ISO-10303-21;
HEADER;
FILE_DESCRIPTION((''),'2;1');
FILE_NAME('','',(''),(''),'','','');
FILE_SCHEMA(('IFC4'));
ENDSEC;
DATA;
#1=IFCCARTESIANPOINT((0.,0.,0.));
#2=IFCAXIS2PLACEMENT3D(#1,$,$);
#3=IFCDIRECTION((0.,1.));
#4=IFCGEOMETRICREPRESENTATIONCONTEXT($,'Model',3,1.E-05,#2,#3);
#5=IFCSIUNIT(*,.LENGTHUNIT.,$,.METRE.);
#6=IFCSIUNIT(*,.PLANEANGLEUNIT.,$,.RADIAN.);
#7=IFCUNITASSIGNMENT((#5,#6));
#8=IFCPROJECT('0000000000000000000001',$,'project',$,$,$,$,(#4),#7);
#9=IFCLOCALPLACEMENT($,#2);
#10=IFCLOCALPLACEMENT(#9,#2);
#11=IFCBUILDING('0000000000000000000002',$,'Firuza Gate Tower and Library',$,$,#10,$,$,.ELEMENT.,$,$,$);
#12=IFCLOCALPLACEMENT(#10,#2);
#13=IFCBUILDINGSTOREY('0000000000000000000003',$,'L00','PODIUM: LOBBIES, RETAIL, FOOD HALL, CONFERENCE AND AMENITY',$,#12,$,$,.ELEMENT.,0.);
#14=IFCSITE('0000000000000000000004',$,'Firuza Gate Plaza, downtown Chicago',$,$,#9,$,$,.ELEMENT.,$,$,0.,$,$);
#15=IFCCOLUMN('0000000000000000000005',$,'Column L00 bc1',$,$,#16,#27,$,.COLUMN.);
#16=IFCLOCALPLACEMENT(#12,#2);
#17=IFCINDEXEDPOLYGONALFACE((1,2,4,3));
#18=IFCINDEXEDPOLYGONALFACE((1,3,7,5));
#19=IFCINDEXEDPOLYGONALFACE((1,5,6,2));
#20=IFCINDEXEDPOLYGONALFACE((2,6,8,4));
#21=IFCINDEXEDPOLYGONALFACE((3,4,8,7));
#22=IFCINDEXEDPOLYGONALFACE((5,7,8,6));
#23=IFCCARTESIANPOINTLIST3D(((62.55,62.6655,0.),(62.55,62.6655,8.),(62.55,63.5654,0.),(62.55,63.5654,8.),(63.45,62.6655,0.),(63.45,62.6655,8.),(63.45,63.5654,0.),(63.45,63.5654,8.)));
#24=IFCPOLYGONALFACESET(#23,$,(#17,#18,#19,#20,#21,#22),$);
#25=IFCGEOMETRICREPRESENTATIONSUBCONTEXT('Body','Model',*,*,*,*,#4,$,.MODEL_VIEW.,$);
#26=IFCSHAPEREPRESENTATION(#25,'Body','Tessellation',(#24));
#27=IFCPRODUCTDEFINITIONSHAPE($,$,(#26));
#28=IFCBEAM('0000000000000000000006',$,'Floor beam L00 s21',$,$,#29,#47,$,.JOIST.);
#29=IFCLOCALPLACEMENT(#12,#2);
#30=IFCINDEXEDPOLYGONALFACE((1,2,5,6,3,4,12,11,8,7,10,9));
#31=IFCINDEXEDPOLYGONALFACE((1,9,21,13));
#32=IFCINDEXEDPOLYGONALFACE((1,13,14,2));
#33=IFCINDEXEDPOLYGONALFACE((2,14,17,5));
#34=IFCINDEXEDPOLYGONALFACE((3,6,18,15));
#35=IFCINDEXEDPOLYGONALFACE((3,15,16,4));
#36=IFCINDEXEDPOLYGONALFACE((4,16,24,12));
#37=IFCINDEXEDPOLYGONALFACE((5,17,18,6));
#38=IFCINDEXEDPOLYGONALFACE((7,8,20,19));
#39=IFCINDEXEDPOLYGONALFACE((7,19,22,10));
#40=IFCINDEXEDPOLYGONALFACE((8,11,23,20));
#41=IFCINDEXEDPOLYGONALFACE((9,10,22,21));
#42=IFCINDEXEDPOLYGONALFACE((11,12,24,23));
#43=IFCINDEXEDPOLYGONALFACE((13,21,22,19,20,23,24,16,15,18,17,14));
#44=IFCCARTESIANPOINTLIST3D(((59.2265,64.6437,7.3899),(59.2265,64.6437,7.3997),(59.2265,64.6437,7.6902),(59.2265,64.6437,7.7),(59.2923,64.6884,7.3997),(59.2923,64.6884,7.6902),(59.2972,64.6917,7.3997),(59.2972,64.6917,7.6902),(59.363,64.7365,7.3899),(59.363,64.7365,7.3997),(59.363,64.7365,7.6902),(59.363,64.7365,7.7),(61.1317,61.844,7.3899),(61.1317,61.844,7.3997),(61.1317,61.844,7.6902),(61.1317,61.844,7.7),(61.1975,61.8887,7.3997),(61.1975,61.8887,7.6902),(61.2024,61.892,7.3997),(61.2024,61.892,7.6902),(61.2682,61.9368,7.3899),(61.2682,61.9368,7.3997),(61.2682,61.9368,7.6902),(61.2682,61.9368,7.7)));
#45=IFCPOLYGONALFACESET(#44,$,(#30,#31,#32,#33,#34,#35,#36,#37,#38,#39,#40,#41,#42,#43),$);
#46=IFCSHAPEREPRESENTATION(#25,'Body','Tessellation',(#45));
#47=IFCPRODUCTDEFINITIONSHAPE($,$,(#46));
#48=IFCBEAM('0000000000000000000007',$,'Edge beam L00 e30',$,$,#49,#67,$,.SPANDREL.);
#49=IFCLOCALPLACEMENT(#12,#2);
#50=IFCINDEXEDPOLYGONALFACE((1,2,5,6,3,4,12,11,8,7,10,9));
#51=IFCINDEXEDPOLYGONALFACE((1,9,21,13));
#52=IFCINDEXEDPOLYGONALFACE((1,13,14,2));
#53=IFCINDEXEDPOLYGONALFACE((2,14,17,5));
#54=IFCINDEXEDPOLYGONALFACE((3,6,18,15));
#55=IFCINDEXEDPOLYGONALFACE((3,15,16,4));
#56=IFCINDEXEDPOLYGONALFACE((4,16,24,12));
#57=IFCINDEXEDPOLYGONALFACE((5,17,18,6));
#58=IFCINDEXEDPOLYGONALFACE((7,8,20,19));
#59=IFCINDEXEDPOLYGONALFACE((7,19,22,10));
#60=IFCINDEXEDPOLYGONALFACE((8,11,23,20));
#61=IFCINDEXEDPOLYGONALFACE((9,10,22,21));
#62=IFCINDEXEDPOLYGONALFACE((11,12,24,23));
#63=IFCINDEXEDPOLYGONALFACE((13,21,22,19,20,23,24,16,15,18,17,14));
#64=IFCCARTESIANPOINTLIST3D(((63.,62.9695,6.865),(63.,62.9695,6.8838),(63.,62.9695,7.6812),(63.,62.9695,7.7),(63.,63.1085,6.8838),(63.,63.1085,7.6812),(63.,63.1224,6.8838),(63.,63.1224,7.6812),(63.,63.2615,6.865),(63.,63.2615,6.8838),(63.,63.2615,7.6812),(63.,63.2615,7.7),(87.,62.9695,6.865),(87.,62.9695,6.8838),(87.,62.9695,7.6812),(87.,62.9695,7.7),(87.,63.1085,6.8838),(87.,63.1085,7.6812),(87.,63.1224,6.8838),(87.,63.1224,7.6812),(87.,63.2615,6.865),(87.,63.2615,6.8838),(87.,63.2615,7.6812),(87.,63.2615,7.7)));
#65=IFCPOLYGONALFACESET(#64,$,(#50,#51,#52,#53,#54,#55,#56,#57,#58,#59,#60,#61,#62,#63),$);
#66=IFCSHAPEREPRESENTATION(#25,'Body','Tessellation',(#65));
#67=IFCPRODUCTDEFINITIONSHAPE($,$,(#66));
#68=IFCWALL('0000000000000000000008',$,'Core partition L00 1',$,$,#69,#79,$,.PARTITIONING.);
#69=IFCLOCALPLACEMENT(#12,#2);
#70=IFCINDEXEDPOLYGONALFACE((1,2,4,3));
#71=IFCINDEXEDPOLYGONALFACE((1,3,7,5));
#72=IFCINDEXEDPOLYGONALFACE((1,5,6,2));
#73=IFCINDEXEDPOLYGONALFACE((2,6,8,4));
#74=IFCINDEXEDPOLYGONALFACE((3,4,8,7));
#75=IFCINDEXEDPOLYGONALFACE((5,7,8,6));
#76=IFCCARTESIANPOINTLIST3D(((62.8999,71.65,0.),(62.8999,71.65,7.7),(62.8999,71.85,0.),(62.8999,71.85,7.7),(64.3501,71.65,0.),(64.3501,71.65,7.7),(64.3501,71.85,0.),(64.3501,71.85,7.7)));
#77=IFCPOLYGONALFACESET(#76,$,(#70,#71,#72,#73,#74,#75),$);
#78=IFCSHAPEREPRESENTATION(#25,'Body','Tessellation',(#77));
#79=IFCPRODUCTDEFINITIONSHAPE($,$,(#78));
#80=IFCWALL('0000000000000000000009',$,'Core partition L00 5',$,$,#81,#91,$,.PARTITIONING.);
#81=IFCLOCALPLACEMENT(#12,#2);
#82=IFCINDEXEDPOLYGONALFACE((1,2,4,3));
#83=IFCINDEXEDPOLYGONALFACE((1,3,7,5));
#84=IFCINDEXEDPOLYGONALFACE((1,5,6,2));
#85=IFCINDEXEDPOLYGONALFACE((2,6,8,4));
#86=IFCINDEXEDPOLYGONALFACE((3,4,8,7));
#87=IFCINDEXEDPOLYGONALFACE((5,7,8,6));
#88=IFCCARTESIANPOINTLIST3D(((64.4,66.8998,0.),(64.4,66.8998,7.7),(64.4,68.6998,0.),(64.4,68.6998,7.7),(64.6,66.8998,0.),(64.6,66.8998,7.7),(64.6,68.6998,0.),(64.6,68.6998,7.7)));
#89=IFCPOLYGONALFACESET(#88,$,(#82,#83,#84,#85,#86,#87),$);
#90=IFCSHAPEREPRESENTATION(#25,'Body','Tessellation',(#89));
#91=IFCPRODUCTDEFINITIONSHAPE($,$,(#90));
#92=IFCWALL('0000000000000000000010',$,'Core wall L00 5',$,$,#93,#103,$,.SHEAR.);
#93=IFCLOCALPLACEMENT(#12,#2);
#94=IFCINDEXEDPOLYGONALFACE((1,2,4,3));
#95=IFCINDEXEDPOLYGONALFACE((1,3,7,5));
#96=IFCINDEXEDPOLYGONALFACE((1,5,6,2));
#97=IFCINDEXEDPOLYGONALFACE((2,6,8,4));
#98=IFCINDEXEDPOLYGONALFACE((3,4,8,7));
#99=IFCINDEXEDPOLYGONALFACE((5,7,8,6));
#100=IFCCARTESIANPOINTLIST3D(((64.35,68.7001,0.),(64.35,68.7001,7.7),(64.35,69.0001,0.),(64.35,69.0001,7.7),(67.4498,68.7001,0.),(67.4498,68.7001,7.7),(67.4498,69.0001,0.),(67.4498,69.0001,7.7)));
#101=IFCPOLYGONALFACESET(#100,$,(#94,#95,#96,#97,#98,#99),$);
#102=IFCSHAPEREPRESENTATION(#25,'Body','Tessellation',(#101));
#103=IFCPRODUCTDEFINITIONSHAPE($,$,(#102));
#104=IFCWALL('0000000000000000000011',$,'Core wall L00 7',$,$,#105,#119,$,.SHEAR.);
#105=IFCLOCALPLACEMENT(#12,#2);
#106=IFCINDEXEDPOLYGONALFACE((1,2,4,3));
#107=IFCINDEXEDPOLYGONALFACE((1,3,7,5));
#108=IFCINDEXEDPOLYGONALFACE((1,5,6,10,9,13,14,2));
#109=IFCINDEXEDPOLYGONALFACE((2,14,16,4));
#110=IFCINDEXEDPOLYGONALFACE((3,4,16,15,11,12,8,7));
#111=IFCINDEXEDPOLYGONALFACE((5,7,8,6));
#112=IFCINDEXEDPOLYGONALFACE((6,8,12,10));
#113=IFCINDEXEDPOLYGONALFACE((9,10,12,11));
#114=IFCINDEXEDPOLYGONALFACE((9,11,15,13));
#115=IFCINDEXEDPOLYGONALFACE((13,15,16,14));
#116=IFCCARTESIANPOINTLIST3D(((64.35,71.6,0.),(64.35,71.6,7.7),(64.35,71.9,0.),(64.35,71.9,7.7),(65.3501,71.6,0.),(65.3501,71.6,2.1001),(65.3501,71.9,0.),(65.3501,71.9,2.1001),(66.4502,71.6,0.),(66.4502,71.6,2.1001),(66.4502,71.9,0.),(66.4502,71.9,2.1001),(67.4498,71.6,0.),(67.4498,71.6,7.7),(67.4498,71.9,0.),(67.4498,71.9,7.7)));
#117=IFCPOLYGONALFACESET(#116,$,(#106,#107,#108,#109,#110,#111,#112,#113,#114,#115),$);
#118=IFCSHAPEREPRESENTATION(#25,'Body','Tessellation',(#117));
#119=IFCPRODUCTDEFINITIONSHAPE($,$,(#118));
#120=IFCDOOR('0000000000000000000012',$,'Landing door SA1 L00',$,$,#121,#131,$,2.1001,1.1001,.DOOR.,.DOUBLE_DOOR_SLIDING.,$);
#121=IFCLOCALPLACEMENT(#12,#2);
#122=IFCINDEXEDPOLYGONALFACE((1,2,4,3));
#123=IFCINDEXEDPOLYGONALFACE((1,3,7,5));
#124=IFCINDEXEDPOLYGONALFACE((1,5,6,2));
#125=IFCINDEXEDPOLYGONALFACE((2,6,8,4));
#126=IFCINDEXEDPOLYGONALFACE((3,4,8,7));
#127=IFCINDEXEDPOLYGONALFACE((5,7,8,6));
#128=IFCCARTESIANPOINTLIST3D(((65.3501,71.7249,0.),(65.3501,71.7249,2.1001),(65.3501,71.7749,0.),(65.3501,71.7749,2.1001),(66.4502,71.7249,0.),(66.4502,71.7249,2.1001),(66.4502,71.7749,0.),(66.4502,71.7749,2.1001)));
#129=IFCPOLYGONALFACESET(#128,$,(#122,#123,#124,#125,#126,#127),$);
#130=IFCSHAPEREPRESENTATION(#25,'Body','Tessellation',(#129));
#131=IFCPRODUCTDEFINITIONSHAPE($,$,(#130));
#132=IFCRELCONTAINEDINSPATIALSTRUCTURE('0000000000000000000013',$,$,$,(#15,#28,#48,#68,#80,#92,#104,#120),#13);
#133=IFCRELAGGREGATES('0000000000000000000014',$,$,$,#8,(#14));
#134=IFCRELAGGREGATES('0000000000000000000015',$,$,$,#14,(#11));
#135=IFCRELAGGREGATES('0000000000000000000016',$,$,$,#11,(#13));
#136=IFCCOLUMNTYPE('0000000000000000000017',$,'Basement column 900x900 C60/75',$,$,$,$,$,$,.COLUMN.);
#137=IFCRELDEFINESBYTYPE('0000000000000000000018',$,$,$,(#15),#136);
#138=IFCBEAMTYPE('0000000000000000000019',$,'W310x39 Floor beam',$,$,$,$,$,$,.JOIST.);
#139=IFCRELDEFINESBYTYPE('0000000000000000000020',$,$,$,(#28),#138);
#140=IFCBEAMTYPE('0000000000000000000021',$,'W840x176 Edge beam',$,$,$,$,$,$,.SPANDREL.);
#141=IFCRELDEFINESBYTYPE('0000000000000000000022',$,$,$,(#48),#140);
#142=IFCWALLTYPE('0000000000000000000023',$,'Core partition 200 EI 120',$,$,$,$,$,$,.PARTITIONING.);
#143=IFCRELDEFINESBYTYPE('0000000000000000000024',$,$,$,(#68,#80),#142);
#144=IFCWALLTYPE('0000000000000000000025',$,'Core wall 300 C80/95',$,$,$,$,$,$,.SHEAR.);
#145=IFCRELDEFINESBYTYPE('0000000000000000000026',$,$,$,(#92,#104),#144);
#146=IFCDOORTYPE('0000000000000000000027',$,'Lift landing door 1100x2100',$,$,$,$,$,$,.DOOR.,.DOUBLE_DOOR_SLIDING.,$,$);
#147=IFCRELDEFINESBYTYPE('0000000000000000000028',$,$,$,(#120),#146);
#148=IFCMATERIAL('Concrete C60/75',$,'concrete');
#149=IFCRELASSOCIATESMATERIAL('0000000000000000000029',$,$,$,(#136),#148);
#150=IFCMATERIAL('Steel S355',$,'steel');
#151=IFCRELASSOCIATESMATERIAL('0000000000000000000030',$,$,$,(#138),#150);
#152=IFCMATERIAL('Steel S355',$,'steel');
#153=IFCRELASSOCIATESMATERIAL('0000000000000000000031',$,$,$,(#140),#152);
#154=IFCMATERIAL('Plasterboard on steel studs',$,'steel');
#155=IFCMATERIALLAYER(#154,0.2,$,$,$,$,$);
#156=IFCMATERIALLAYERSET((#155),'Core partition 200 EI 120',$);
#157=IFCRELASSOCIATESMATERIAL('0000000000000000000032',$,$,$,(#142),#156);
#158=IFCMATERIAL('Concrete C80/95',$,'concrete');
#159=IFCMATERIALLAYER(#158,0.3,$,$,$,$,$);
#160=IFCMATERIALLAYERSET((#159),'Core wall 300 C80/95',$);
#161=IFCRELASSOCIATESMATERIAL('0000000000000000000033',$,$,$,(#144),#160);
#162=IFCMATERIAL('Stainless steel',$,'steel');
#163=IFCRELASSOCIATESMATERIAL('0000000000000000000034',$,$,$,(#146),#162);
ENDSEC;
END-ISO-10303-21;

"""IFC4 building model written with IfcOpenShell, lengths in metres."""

from ifc_helpers import new_model, si_unit, direction, frame, frame_2d, origin, origin_2d, place, context, subcontext, project, spatial, rectangle, i_section, extrude, material, layer, layer_set, material_profile, profile_set, type_object, element, fill, save


model = new_model("IFC4")

# Units and contexts
model_context = context("Model", 3, precision=1e-05, world=origin(), true_north=direction((0.0, 1.0)))
body_context = subcontext(model_context, "Body", "Model", "MODEL_VIEW")
ifc_project = project(units=[si_unit("LENGTHUNIT", "METRE"), si_unit("PLANEANGLEUNIT", "RADIAN")], contexts=[model_context])

# Site, building, storey
site_placement = place(None, origin())
site = spatial("IfcSite", under=ifc_project, at=site_placement, Name="Firuza Gate Plaza, downtown Chicago", CompositionType="ELEMENT", RefElevation=0.0)
building_placement = place(site_placement, origin())
building = spatial("IfcBuilding", under=site, at=building_placement, Name="Firuza Gate Tower and Library", CompositionType="ELEMENT")
storey_placement = place(building_placement, origin())
storey = spatial("IfcBuildingStorey", under=building, at=storey_placement, Name="L00", Description="PODIUM: LOBBIES, RETAIL, FOOD HALL, CONFERENCE AND AMENITY", CompositionType="ELEMENT", Elevation=0.0)

# Column
ifc_material_1 = material(Name="Concrete C60/75", Category="concrete")
ifc_material_profile_1 = material_profile(ifc_material_1, rectangle(XDim=0.8999, YDim=0.8999, at=origin_2d()))
ifc_profile_set_1 = profile_set([ifc_material_profile_1], Name="Concrete C60/75")
column_type = type_object("IfcColumnType", Name="Basement column 900x900 C60/75", PredefinedType="COLUMN", material=ifc_profile_set_1)
column_placement = place(storey_placement, frame((63.0, 63.1155, 0.0), z_axis=(0.0, 0.0, 1.0), x_axis=(1.0, 0.0, 0.0)))
element("IfcColumn", 1, at=column_placement, inside=storey, type_object=column_type, Name="Column L00 bc1", PredefinedType="COLUMN", context=body_context, shape_type="SweptSolid", body=[
    extrude(rectangle(XDim=0.8999, YDim=0.8999, at=origin_2d()), origin(), (0.0, 0.0, 1.0), 8.0),
])

# Beams
ifc_material_2 = material(Name="Steel S355", Category="steel")
ifc_material_profile_2 = material_profile(ifc_material_2, i_section(OverallWidth=0.165, OverallDepth=0.3101, WebThickness=0.0059, FlangeThickness=0.0098, at=origin_2d()))
ifc_profile_set_2 = profile_set([ifc_material_profile_2], Name="Steel S355")
beam_type_1 = type_object("IfcBeamType", Name="W310x39 Floor beam", PredefinedType="JOIST", material=ifc_profile_set_2)
beam_1_placement = place(storey_placement, frame((61.2, 61.8904, 7.5449), z_axis=(-0.562594, 0.826733, 0.0), x_axis=(-0.826733, -0.562594, 0.0)))
element("IfcBeam", 2, at=beam_1_placement, inside=storey, type_object=beam_type_1, Name="Floor beam L00 s21", PredefinedType="JOIST", context=body_context, shape_type="SweptSolid", body=[
    extrude(i_section(OverallWidth=0.165, OverallDepth=0.3101, WebThickness=0.0059, FlangeThickness=0.0098, at=origin_2d()), origin(), (0.0, 0.0, 1.0), 3.3865),
])
ifc_material_3 = material(Name="Steel S355", Category="steel")
ifc_material_profile_3 = material_profile(ifc_material_3, i_section(OverallWidth=0.292, OverallDepth=0.835, WebThickness=0.0139, FlangeThickness=0.0188, at=origin_2d()))
ifc_profile_set_3 = profile_set([ifc_material_profile_3], Name="Steel S355")
beam_type_2 = type_object("IfcBeamType", Name="W840x176 Edge beam", PredefinedType="SPANDREL", material=ifc_profile_set_3)
beam_2_placement = place(storey_placement, frame((63.0, 63.1155, 7.2825), z_axis=(1.0, 0.0, 0.0), x_axis=(0.0, 1.0, 0.0)))
element("IfcBeam", 3, at=beam_2_placement, inside=storey, type_object=beam_type_2, Name="Edge beam L00 e30", PredefinedType="SPANDREL", context=body_context, shape_type="SweptSolid", body=[
    extrude(i_section(OverallWidth=0.292, OverallDepth=0.835, WebThickness=0.0139, FlangeThickness=0.0188, at=origin_2d()), origin(), (0.0, 0.0, 1.0), 24.0),
])

# Walls
ifc_material_4 = material(Name="Plasterboard on steel studs", Category="steel")
ifc_layer_1 = layer(ifc_material_4, 0.2)
ifc_layer_set_1 = layer_set([ifc_layer_1], Name="Core partition 200 EI 120")
wall_type_1 = type_object("IfcWallType", Name="Core partition 200 EI 120", PredefinedType="PARTITIONING", material=ifc_layer_set_1)
wall_1_placement = place(storey_placement, frame((62.8999, 71.75, 0.0), z_axis=(0.0, 0.0, 1.0), x_axis=(1.0, 0.0, 0.0)))
element("IfcWall", 4, at=wall_1_placement, inside=storey, type_object=wall_type_1, Name="Core partition L00 1", PredefinedType="PARTITIONING", context=body_context, shape_type="SweptSolid", body=[
    extrude(rectangle(XDim=1.4502, YDim=0.2, at=frame_2d((0.7251, 0.0))), origin(), (0.0, 0.0, 1.0), 7.7),
])
wall_2_placement = place(storey_placement, frame((64.5, 66.8999, 0.0), z_axis=(0.0, 0.0, 1.0), x_axis=(0.0, 1.0, 0.0)))
element("IfcWall", 5, at=wall_2_placement, inside=storey, type_object=wall_type_1, Name="Core partition L00 5", PredefinedType="PARTITIONING", context=body_context, shape_type="SweptSolid", body=[
    extrude(rectangle(XDim=1.8, YDim=0.2, at=frame_2d((0.8999, 0.0))), origin(), (0.0, 0.0, 1.0), 7.7),
])
ifc_material_5 = material(Name="Concrete C80/95", Category="concrete")
ifc_layer_2 = layer(ifc_material_5, 0.3)
ifc_layer_set_2 = layer_set([ifc_layer_2], Name="Core wall 300 C80/95")
wall_type_2 = type_object("IfcWallType", Name="Core wall 300 C80/95", PredefinedType="SHEAR", material=ifc_layer_set_2)
wall_3_placement = place(storey_placement, frame((64.3501, 68.8501, 0.0), z_axis=(0.0, 0.0, 1.0), x_axis=(1.0, 0.0, 0.0)))
element("IfcWall", 6, at=wall_3_placement, inside=storey, type_object=wall_type_2, Name="Core wall L00 5", PredefinedType="SHEAR", context=body_context, shape_type="SweptSolid", body=[
    extrude(rectangle(XDim=3.0999, YDim=0.3, at=frame_2d((1.5498, 0.0))), origin(), (0.0, 0.0, 1.0), 7.7),
])

# Wall, opening, door
wall_4_placement = place(storey_placement, frame((64.3501, 71.75, 0.0), z_axis=(0.0, 0.0, 1.0), x_axis=(1.0, 0.0, 0.0)))
wall_4 = element("IfcWall", 7, at=wall_4_placement, inside=storey, type_object=wall_type_2, Name="Core wall L00 7", PredefinedType="SHEAR", context=body_context, shape_type="SweptSolid", body=[
    extrude(rectangle(XDim=3.0999, YDim=0.3, at=frame_2d((1.5498, 0.0))), origin(), (0.0, 0.0, 1.0), 7.7),
])
opening_1_placement = place(wall_4_placement, frame((1.0, 0.0, 0.0)))
opening_1 = element("IfcOpeningElement", 8, at=opening_1_placement, cuts=wall_4, PredefinedType="OPENING", context=body_context, shape_type="SweptSolid", body=[
    extrude(rectangle(XDim=1.1001, YDim=2.1001, at=frame_2d((0.55, 1.05))), frame((0.0, 0.1602, 0.0), z_axis=(0.0, -1.0, 0.0), x_axis=(1.0, 0.0, 0.0)), (0.0, 0.0, 1.0), 0.3201),
])
ifc_material_6 = material(Name="Stainless steel", Category="steel")
door_type_1 = type_object("IfcDoorType", Name="Lift landing door 1100x2100", OperationType="DOUBLE_DOOR_SLIDING", PredefinedType="DOOR", material=ifc_material_6)
door_1_placement = place(opening_1_placement, origin())
door_1 = element("IfcDoor", 9, at=door_1_placement, inside=storey, type_object=door_type_1, Name="Landing door SA1 L00", OperationType="DOUBLE_DOOR_SLIDING", OverallHeight=2.1001, OverallWidth=1.1001, PredefinedType="DOOR", context=body_context, shape_type="SweptSolid", body=[
    extrude(rectangle(XDim=1.1001, YDim=2.1001, at=frame_2d((0.55, 1.05))), frame((0.0, 0.0249, 0.0), z_axis=(0.0, -1.0, 0.0), x_axis=(1.0, 0.0, 0.0)), (0.0, 0.0, 1.0), 0.05),
])
fill(opening_1, door_1)

save(model, "model.ifc")
